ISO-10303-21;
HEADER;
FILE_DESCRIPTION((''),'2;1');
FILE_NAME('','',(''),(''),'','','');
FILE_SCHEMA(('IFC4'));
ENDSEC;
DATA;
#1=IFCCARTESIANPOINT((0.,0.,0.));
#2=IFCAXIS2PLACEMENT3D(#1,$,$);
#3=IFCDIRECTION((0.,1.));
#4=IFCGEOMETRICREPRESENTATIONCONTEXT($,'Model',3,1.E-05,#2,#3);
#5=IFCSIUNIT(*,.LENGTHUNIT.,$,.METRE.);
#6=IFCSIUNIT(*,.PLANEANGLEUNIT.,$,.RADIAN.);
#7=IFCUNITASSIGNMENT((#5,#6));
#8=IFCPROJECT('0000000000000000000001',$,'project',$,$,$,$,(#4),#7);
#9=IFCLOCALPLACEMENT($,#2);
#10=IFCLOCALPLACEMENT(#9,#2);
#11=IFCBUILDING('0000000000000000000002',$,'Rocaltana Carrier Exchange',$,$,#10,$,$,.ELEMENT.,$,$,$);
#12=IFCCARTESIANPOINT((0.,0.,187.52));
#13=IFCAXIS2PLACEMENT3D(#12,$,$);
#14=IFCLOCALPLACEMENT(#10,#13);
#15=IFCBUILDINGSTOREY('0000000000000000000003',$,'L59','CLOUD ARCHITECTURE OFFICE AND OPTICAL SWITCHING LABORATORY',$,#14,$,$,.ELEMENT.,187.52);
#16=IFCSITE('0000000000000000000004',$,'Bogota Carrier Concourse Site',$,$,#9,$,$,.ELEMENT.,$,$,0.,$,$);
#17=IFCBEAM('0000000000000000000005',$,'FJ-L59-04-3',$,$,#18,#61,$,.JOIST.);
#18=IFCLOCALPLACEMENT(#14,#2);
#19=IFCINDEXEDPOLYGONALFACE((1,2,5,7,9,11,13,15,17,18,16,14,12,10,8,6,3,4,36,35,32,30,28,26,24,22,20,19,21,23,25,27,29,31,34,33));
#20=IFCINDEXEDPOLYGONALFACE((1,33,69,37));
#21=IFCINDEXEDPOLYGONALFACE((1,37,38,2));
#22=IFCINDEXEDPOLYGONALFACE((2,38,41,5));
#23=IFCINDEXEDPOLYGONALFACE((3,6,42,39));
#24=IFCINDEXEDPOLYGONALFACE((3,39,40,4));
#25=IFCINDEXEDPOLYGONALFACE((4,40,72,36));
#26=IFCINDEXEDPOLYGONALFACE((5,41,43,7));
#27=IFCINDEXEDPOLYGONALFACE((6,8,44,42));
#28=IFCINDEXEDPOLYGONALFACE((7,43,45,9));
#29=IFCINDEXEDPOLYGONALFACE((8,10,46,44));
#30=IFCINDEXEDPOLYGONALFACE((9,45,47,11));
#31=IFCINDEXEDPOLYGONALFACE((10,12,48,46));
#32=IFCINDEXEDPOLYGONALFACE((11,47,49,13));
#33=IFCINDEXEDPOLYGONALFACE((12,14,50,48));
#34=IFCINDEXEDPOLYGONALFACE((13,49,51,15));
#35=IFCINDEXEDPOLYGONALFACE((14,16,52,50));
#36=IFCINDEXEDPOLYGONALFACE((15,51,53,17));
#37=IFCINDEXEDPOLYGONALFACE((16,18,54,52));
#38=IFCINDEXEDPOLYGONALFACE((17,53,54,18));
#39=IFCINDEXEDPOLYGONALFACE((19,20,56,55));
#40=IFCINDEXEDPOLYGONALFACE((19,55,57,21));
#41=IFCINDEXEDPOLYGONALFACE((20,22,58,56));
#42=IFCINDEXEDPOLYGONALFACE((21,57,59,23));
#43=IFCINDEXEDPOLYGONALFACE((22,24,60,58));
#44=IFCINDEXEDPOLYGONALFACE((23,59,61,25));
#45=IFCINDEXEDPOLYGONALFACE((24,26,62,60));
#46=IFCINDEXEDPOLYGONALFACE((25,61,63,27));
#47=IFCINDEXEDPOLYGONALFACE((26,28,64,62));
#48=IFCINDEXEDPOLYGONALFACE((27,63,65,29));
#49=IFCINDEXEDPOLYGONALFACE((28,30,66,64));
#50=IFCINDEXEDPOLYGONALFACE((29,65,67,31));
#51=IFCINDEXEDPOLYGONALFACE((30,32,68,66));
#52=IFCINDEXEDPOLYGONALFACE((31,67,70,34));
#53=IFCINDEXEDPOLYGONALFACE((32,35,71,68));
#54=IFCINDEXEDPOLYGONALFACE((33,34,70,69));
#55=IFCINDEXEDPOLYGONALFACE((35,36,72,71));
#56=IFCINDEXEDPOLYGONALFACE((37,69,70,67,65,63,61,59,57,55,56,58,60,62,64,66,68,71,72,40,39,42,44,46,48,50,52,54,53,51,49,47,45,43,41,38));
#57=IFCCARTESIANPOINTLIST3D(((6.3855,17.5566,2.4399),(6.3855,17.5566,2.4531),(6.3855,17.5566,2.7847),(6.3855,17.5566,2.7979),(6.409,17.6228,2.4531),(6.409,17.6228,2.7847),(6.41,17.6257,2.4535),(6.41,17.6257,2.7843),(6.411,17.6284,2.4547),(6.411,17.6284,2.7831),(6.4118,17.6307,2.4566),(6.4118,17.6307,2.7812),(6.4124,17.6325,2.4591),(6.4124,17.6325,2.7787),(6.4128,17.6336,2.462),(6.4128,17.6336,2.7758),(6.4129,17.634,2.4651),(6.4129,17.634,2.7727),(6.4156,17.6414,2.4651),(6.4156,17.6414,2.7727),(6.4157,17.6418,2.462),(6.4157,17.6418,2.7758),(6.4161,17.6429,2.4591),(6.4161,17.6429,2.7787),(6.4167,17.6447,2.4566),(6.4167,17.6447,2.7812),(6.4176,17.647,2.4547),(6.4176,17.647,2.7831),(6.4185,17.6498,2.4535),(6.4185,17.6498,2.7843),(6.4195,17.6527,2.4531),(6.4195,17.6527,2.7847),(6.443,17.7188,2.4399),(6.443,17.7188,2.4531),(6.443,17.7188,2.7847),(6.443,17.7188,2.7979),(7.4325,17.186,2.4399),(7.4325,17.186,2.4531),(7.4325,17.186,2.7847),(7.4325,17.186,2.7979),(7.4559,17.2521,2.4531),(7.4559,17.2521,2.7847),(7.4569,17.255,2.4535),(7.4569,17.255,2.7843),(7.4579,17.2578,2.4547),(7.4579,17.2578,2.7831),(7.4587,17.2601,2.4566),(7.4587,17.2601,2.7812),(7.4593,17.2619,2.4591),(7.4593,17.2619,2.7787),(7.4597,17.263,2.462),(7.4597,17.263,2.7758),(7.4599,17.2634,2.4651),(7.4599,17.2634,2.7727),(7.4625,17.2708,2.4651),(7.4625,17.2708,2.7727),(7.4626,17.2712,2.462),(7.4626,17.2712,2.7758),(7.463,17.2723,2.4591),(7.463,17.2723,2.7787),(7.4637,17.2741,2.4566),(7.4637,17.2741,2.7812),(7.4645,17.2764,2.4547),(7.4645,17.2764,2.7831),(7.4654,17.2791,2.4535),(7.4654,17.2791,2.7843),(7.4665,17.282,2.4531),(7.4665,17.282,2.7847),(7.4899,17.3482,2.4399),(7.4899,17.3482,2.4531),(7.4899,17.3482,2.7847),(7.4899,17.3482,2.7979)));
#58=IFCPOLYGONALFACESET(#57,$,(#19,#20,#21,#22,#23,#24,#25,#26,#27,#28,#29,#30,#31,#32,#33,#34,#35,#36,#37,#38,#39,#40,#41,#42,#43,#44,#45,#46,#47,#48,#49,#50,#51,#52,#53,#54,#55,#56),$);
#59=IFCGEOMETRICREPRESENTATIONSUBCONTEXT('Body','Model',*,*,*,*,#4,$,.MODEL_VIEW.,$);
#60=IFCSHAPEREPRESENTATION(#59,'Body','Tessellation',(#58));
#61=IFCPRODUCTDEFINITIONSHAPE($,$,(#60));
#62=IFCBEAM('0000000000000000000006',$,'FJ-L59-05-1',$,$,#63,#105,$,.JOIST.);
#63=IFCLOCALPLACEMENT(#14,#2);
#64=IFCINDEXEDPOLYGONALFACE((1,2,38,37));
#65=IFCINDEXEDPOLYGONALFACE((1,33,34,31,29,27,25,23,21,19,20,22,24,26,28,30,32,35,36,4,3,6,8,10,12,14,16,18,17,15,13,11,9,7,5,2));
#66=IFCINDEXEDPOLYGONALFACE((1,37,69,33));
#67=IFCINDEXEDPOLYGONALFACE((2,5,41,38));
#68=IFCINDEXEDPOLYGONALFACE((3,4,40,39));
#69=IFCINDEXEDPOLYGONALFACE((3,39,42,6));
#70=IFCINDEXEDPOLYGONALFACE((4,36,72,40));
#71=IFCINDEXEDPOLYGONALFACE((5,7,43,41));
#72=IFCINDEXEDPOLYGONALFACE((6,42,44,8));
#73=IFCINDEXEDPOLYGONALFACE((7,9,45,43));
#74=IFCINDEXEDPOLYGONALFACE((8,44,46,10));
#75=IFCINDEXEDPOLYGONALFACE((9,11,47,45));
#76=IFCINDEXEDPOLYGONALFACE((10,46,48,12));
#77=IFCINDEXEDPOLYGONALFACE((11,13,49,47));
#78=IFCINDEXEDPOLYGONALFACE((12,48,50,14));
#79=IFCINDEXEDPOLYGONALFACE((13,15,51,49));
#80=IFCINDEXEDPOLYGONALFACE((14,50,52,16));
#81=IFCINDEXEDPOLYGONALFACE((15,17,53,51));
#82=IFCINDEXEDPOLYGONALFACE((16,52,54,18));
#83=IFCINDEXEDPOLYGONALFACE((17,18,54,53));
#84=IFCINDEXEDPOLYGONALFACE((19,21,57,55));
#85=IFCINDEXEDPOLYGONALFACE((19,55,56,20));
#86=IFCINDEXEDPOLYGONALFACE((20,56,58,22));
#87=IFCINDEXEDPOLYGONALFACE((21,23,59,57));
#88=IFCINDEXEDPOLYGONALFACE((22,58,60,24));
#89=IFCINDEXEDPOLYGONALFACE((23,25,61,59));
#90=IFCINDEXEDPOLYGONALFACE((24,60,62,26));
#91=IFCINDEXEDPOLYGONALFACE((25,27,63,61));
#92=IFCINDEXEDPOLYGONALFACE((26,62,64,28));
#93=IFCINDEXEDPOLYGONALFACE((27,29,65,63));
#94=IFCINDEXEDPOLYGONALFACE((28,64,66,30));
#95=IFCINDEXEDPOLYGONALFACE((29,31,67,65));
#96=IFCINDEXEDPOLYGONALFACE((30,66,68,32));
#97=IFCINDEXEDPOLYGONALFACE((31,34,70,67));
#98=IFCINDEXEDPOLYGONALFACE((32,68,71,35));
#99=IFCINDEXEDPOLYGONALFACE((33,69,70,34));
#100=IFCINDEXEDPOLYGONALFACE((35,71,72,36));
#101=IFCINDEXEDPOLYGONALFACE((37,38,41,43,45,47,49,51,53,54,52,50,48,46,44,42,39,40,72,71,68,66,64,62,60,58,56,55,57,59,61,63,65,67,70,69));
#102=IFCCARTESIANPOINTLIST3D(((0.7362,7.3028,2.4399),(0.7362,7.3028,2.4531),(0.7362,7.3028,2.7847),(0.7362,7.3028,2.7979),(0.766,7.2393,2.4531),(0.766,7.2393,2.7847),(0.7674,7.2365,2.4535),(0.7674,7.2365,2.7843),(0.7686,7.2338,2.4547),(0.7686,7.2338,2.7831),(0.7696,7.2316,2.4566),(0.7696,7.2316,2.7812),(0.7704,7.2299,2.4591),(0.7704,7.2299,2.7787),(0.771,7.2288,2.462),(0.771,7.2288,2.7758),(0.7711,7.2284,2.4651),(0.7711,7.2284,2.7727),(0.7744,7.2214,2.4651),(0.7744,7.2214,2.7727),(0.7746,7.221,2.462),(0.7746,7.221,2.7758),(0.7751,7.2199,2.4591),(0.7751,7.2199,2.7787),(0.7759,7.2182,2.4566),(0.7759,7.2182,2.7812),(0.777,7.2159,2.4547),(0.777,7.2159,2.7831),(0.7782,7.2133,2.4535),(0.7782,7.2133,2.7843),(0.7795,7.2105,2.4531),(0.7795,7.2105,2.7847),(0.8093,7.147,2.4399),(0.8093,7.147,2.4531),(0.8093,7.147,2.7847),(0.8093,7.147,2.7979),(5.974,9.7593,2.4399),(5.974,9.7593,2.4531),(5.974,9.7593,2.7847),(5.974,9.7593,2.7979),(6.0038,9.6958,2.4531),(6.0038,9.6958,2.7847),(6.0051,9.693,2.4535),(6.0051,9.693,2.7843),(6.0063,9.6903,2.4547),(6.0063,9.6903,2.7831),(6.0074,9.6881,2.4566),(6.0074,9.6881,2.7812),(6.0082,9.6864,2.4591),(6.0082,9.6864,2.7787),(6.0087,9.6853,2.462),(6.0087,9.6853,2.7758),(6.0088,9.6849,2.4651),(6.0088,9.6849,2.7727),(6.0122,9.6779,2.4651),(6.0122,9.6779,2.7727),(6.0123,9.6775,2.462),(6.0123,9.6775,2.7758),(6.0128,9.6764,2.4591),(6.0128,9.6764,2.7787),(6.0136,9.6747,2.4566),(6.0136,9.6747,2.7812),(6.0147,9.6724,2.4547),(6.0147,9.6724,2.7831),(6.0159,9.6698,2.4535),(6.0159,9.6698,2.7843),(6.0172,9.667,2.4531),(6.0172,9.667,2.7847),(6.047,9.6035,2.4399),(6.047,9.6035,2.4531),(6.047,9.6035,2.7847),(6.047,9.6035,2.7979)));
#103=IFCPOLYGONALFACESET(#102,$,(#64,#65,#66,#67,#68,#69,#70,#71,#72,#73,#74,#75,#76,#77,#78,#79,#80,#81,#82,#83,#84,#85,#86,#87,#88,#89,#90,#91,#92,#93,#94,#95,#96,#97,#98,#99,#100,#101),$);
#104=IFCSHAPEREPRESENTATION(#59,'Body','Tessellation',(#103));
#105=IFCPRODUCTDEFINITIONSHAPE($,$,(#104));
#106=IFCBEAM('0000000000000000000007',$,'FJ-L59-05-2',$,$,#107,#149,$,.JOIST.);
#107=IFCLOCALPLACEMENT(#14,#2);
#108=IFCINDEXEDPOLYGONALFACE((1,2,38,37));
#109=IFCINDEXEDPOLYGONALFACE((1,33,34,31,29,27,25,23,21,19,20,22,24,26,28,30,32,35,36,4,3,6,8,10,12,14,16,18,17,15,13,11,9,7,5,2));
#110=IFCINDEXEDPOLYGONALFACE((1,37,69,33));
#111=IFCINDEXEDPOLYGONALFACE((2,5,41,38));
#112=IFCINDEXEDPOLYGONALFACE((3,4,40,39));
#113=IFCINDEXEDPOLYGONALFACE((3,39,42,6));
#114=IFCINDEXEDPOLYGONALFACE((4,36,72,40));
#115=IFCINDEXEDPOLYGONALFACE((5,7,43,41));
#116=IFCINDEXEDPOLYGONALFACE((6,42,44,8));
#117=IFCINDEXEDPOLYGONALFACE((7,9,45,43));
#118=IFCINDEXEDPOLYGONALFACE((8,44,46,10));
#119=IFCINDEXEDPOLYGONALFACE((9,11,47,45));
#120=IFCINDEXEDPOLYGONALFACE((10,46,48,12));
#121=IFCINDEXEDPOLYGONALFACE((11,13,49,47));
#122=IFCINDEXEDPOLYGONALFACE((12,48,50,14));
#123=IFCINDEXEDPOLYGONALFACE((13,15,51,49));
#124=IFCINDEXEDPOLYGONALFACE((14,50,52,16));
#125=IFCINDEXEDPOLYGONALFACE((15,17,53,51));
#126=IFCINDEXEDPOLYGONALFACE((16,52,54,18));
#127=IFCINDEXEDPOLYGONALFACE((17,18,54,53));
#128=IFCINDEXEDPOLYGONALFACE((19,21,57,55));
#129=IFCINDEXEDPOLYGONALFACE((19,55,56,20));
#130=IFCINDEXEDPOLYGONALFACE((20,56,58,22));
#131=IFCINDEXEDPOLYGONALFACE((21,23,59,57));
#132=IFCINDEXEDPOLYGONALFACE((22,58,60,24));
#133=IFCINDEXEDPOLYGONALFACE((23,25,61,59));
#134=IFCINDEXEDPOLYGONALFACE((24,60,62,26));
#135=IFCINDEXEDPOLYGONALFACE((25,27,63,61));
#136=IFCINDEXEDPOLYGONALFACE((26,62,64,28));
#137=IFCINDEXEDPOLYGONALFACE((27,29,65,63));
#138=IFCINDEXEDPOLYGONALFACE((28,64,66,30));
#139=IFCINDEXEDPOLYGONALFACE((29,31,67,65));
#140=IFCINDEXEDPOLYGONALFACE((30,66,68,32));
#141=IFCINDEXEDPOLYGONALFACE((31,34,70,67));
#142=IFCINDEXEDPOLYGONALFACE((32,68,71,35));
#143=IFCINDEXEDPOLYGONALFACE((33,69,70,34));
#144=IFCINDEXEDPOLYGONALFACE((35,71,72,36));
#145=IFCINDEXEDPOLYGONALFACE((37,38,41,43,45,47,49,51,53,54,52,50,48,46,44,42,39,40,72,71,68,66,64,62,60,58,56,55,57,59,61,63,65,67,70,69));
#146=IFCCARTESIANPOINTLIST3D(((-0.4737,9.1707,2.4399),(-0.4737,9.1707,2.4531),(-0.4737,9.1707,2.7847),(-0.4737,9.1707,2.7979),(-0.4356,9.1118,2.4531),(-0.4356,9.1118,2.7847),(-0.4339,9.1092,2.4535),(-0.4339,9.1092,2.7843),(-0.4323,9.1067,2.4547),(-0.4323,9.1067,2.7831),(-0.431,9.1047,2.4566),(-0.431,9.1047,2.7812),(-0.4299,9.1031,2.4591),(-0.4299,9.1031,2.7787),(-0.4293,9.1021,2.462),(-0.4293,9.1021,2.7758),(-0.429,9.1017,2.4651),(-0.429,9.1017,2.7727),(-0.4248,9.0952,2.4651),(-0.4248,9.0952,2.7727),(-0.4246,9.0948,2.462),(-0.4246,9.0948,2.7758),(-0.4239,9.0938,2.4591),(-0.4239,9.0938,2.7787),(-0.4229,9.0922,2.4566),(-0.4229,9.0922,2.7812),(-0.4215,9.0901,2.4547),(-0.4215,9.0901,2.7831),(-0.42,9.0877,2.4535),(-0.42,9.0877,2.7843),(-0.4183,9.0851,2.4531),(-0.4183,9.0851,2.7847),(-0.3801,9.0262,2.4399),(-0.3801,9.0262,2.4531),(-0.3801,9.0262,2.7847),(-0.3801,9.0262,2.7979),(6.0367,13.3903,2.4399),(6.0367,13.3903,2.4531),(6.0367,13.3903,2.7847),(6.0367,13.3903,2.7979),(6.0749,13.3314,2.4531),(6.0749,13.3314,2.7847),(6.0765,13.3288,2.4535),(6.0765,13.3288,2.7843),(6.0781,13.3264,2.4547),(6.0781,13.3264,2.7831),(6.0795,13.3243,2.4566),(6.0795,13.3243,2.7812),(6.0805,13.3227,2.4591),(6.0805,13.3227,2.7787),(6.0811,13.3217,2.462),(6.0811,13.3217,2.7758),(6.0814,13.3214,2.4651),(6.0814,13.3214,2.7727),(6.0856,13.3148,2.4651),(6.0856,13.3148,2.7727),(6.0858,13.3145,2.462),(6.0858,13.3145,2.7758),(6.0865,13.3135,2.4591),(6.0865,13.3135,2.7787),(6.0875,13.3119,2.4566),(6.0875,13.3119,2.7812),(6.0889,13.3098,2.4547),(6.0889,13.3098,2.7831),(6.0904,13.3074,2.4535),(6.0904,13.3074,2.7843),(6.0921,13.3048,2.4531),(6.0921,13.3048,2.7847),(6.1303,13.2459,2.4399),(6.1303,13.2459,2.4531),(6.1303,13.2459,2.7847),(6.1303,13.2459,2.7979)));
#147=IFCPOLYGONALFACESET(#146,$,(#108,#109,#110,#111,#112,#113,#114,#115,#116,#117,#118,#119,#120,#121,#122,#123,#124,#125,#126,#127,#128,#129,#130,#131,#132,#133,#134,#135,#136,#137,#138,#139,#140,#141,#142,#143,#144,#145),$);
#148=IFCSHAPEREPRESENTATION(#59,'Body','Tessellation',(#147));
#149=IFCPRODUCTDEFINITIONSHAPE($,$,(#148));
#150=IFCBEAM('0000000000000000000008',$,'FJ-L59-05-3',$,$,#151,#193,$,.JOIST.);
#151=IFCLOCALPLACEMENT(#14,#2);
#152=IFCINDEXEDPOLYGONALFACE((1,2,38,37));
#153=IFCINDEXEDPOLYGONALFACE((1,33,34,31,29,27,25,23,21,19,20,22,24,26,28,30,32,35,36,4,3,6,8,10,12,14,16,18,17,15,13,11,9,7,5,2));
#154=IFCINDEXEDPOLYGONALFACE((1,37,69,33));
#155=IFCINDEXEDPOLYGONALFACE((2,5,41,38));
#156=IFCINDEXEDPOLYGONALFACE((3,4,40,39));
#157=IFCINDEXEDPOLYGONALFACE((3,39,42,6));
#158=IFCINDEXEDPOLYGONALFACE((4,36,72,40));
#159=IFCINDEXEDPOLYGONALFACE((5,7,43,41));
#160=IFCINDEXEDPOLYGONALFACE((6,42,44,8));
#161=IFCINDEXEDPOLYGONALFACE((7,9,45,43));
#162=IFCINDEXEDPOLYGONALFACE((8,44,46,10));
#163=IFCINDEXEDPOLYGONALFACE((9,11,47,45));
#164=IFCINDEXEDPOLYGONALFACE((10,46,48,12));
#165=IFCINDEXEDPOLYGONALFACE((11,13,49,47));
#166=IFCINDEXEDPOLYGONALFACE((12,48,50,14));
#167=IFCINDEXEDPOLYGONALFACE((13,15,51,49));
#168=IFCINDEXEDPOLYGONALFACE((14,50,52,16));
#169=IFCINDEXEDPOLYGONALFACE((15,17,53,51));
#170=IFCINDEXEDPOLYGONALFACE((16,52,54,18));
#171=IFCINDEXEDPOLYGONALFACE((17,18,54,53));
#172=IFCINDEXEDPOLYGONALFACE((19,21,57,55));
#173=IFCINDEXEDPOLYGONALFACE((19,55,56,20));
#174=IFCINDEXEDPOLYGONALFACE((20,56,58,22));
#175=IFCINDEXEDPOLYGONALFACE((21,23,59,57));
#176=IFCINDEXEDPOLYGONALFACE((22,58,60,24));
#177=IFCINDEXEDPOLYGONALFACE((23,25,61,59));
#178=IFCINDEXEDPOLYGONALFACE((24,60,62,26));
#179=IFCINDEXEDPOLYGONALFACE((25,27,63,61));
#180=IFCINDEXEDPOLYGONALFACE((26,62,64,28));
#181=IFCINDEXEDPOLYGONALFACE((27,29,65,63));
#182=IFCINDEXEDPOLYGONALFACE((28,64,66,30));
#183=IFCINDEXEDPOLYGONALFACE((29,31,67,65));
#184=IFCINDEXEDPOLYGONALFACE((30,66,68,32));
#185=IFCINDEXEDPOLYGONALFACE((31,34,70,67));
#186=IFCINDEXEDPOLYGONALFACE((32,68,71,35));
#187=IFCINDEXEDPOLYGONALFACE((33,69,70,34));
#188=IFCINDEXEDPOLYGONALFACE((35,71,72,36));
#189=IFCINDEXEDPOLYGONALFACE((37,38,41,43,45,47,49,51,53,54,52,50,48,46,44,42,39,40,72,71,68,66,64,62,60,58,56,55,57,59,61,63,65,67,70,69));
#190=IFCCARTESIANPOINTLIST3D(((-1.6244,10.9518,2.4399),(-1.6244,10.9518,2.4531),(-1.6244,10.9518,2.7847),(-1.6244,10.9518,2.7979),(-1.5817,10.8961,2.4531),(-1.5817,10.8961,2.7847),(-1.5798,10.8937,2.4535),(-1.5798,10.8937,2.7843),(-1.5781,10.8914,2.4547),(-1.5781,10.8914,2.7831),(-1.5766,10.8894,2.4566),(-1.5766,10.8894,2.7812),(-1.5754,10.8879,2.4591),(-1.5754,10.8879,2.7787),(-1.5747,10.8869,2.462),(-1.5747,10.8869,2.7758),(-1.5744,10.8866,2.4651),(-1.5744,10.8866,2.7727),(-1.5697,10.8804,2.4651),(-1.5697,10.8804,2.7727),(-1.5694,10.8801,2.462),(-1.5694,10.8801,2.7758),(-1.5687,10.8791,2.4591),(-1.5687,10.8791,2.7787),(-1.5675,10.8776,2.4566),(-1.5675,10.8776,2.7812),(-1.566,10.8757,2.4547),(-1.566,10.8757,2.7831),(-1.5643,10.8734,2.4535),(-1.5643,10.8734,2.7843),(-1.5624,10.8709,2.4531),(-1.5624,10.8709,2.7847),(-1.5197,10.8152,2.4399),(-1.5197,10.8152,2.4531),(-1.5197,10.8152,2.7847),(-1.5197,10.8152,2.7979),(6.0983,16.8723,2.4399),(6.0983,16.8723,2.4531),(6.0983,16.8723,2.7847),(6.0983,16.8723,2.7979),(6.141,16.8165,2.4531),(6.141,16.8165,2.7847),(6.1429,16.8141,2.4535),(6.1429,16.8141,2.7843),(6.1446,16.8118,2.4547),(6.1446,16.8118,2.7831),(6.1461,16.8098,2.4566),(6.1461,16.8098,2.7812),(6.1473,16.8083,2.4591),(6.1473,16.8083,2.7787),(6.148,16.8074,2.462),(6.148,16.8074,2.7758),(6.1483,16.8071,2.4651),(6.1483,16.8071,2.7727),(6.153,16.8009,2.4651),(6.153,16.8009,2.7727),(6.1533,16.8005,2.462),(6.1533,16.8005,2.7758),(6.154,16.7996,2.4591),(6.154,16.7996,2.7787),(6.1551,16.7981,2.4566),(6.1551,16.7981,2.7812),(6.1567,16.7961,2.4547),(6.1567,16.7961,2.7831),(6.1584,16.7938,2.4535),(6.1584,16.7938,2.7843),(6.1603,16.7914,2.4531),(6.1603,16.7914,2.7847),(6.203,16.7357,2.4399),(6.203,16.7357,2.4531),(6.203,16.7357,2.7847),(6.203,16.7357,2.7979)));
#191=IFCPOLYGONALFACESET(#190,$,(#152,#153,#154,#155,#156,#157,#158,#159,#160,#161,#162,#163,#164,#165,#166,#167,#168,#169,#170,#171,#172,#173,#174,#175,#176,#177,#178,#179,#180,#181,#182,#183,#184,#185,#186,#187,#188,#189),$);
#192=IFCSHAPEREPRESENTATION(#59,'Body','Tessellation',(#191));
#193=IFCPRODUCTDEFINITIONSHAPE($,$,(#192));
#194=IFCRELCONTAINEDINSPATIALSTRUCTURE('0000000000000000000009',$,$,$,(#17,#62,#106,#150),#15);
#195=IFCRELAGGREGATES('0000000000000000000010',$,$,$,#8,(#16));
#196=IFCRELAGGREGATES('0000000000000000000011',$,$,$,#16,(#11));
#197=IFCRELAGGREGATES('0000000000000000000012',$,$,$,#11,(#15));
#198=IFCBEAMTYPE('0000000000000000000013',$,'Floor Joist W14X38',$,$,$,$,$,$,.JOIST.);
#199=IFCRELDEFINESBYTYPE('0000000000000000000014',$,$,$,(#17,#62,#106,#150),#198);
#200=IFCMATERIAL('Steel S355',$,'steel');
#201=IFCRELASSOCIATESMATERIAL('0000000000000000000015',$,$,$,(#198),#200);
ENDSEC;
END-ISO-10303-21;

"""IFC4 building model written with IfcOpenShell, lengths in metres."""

from ifc_helpers import new_model, si_unit, direction, frame, origin, origin_2d, place, context, subcontext, project, spatial, i_section, extrude, material, material_profile, profile_set, type_object, element, save


model = new_model("IFC4")

# Units and contexts
model_context = context("Model", 3, precision=1e-05, world=origin(), true_north=direction((0.0, 1.0)))
body_context = subcontext(model_context, "Body", "Model", "MODEL_VIEW")
ifc_project = project(units=[si_unit("LENGTHUNIT", "METRE"), si_unit("PLANEANGLEUNIT", "RADIAN")], contexts=[model_context])

# Site, building, storey
site_placement = place(None, origin())
site = spatial("IfcSite", under=ifc_project, at=site_placement, Name="Bogota Carrier Concourse Site", CompositionType="ELEMENT", RefElevation=0.0)
building_placement = place(site_placement, origin())
building = spatial("IfcBuilding", under=site, at=building_placement, Name="Rocaltana Carrier Exchange", CompositionType="ELEMENT")
storey_placement = place(building_placement, frame((0.0, 0.0, 187.52)))
storey = spatial("IfcBuildingStorey", under=building, at=storey_placement, Name="L59", Description="CLOUD ARCHITECTURE OFFICE AND OPTICAL SWITCHING LABORATORY", CompositionType="ELEMENT", Elevation=187.52)

# Beams
ifc_material_1 = material(Name="Steel S355", Category="steel")
ifc_material_profile_1 = material_profile(ifc_material_1, i_section(OverallWidth=0.1721, OverallDepth=0.3579, WebThickness=0.0078, FlangeThickness=0.0132, FilletRadius=0.012, at=origin_2d()), Name="W14X38")
ifc_profile_set_1 = profile_set([ifc_material_profile_1], Name="Steel S355")
beam_type_1 = type_object("IfcBeamType", Name="Floor Joist W14X38", PredefinedType="JOIST", material=ifc_profile_set_1)
beam_1_placement = place(storey_placement, frame((7.4612, 17.2671, 2.6189), z_axis=(-0.942673, 0.333717, 0.0), x_axis=(-0.333717, -0.942673, 0.0)))
element("IfcBeam", 1, at=beam_1_placement, inside=storey, type_object=beam_type_1, Name="FJ-L59-04-3", PredefinedType="JOIST", context=body_context, shape_type="SweptSolid", body=[
    extrude(i_section(OverallWidth=0.1721, OverallDepth=0.3579, WebThickness=0.0078, FlangeThickness=0.0132, FilletRadius=0.012, at=origin_2d()), origin(), (0.0, 0.0, 1.0), 1.1106),
])
beam_2_placement = place(storey_placement, frame((6.0105, 9.6814, 2.6189), z_axis=(-0.905371, -0.424622, 0.0), x_axis=(0.424622, -0.905371, 0.0)))
element("IfcBeam", 2, at=beam_2_placement, inside=storey, type_object=beam_type_1, Name="FJ-L59-05-1", PredefinedType="JOIST", context=body_context, shape_type="SweptSolid", body=[
    extrude(i_section(OverallWidth=0.1721, OverallDepth=0.3579, WebThickness=0.0078, FlangeThickness=0.0132, FilletRadius=0.012, at=origin_2d()), origin(), (0.0, 0.0, 1.0), 5.7852),
])
beam_3_placement = place(storey_placement, frame((6.0835, 13.3181, 2.6189), z_axis=(-0.839155, -0.543892, 0.0), x_axis=(0.543892, -0.839155, 0.0)))
element("IfcBeam", 3, at=beam_3_placement, inside=storey, type_object=beam_type_1, Name="FJ-L59-05-2", PredefinedType="JOIST", context=body_context, shape_type="SweptSolid", body=[
    extrude(i_section(OverallWidth=0.1721, OverallDepth=0.3579, WebThickness=0.0078, FlangeThickness=0.0132, FilletRadius=0.012, at=origin_2d()), origin(), (0.0, 0.0, 1.0), 7.7583),
])
beam_4_placement = place(storey_placement, frame((6.1506, 16.804, 2.6189), z_axis=(-0.793621, -0.608413, 0.0), x_axis=(0.608413, -0.793621, 0.0)))
element("IfcBeam", 4, at=beam_4_placement, inside=storey, type_object=beam_type_1, Name="FJ-L59-05-3", PredefinedType="JOIST", context=body_context, shape_type="SweptSolid", body=[
    extrude(i_section(OverallWidth=0.1721, OverallDepth=0.3579, WebThickness=0.0078, FlangeThickness=0.0132, FilletRadius=0.012, at=origin_2d()), origin(), (0.0, 0.0, 1.0), 9.731),
])

save(model, "model.ifc")
